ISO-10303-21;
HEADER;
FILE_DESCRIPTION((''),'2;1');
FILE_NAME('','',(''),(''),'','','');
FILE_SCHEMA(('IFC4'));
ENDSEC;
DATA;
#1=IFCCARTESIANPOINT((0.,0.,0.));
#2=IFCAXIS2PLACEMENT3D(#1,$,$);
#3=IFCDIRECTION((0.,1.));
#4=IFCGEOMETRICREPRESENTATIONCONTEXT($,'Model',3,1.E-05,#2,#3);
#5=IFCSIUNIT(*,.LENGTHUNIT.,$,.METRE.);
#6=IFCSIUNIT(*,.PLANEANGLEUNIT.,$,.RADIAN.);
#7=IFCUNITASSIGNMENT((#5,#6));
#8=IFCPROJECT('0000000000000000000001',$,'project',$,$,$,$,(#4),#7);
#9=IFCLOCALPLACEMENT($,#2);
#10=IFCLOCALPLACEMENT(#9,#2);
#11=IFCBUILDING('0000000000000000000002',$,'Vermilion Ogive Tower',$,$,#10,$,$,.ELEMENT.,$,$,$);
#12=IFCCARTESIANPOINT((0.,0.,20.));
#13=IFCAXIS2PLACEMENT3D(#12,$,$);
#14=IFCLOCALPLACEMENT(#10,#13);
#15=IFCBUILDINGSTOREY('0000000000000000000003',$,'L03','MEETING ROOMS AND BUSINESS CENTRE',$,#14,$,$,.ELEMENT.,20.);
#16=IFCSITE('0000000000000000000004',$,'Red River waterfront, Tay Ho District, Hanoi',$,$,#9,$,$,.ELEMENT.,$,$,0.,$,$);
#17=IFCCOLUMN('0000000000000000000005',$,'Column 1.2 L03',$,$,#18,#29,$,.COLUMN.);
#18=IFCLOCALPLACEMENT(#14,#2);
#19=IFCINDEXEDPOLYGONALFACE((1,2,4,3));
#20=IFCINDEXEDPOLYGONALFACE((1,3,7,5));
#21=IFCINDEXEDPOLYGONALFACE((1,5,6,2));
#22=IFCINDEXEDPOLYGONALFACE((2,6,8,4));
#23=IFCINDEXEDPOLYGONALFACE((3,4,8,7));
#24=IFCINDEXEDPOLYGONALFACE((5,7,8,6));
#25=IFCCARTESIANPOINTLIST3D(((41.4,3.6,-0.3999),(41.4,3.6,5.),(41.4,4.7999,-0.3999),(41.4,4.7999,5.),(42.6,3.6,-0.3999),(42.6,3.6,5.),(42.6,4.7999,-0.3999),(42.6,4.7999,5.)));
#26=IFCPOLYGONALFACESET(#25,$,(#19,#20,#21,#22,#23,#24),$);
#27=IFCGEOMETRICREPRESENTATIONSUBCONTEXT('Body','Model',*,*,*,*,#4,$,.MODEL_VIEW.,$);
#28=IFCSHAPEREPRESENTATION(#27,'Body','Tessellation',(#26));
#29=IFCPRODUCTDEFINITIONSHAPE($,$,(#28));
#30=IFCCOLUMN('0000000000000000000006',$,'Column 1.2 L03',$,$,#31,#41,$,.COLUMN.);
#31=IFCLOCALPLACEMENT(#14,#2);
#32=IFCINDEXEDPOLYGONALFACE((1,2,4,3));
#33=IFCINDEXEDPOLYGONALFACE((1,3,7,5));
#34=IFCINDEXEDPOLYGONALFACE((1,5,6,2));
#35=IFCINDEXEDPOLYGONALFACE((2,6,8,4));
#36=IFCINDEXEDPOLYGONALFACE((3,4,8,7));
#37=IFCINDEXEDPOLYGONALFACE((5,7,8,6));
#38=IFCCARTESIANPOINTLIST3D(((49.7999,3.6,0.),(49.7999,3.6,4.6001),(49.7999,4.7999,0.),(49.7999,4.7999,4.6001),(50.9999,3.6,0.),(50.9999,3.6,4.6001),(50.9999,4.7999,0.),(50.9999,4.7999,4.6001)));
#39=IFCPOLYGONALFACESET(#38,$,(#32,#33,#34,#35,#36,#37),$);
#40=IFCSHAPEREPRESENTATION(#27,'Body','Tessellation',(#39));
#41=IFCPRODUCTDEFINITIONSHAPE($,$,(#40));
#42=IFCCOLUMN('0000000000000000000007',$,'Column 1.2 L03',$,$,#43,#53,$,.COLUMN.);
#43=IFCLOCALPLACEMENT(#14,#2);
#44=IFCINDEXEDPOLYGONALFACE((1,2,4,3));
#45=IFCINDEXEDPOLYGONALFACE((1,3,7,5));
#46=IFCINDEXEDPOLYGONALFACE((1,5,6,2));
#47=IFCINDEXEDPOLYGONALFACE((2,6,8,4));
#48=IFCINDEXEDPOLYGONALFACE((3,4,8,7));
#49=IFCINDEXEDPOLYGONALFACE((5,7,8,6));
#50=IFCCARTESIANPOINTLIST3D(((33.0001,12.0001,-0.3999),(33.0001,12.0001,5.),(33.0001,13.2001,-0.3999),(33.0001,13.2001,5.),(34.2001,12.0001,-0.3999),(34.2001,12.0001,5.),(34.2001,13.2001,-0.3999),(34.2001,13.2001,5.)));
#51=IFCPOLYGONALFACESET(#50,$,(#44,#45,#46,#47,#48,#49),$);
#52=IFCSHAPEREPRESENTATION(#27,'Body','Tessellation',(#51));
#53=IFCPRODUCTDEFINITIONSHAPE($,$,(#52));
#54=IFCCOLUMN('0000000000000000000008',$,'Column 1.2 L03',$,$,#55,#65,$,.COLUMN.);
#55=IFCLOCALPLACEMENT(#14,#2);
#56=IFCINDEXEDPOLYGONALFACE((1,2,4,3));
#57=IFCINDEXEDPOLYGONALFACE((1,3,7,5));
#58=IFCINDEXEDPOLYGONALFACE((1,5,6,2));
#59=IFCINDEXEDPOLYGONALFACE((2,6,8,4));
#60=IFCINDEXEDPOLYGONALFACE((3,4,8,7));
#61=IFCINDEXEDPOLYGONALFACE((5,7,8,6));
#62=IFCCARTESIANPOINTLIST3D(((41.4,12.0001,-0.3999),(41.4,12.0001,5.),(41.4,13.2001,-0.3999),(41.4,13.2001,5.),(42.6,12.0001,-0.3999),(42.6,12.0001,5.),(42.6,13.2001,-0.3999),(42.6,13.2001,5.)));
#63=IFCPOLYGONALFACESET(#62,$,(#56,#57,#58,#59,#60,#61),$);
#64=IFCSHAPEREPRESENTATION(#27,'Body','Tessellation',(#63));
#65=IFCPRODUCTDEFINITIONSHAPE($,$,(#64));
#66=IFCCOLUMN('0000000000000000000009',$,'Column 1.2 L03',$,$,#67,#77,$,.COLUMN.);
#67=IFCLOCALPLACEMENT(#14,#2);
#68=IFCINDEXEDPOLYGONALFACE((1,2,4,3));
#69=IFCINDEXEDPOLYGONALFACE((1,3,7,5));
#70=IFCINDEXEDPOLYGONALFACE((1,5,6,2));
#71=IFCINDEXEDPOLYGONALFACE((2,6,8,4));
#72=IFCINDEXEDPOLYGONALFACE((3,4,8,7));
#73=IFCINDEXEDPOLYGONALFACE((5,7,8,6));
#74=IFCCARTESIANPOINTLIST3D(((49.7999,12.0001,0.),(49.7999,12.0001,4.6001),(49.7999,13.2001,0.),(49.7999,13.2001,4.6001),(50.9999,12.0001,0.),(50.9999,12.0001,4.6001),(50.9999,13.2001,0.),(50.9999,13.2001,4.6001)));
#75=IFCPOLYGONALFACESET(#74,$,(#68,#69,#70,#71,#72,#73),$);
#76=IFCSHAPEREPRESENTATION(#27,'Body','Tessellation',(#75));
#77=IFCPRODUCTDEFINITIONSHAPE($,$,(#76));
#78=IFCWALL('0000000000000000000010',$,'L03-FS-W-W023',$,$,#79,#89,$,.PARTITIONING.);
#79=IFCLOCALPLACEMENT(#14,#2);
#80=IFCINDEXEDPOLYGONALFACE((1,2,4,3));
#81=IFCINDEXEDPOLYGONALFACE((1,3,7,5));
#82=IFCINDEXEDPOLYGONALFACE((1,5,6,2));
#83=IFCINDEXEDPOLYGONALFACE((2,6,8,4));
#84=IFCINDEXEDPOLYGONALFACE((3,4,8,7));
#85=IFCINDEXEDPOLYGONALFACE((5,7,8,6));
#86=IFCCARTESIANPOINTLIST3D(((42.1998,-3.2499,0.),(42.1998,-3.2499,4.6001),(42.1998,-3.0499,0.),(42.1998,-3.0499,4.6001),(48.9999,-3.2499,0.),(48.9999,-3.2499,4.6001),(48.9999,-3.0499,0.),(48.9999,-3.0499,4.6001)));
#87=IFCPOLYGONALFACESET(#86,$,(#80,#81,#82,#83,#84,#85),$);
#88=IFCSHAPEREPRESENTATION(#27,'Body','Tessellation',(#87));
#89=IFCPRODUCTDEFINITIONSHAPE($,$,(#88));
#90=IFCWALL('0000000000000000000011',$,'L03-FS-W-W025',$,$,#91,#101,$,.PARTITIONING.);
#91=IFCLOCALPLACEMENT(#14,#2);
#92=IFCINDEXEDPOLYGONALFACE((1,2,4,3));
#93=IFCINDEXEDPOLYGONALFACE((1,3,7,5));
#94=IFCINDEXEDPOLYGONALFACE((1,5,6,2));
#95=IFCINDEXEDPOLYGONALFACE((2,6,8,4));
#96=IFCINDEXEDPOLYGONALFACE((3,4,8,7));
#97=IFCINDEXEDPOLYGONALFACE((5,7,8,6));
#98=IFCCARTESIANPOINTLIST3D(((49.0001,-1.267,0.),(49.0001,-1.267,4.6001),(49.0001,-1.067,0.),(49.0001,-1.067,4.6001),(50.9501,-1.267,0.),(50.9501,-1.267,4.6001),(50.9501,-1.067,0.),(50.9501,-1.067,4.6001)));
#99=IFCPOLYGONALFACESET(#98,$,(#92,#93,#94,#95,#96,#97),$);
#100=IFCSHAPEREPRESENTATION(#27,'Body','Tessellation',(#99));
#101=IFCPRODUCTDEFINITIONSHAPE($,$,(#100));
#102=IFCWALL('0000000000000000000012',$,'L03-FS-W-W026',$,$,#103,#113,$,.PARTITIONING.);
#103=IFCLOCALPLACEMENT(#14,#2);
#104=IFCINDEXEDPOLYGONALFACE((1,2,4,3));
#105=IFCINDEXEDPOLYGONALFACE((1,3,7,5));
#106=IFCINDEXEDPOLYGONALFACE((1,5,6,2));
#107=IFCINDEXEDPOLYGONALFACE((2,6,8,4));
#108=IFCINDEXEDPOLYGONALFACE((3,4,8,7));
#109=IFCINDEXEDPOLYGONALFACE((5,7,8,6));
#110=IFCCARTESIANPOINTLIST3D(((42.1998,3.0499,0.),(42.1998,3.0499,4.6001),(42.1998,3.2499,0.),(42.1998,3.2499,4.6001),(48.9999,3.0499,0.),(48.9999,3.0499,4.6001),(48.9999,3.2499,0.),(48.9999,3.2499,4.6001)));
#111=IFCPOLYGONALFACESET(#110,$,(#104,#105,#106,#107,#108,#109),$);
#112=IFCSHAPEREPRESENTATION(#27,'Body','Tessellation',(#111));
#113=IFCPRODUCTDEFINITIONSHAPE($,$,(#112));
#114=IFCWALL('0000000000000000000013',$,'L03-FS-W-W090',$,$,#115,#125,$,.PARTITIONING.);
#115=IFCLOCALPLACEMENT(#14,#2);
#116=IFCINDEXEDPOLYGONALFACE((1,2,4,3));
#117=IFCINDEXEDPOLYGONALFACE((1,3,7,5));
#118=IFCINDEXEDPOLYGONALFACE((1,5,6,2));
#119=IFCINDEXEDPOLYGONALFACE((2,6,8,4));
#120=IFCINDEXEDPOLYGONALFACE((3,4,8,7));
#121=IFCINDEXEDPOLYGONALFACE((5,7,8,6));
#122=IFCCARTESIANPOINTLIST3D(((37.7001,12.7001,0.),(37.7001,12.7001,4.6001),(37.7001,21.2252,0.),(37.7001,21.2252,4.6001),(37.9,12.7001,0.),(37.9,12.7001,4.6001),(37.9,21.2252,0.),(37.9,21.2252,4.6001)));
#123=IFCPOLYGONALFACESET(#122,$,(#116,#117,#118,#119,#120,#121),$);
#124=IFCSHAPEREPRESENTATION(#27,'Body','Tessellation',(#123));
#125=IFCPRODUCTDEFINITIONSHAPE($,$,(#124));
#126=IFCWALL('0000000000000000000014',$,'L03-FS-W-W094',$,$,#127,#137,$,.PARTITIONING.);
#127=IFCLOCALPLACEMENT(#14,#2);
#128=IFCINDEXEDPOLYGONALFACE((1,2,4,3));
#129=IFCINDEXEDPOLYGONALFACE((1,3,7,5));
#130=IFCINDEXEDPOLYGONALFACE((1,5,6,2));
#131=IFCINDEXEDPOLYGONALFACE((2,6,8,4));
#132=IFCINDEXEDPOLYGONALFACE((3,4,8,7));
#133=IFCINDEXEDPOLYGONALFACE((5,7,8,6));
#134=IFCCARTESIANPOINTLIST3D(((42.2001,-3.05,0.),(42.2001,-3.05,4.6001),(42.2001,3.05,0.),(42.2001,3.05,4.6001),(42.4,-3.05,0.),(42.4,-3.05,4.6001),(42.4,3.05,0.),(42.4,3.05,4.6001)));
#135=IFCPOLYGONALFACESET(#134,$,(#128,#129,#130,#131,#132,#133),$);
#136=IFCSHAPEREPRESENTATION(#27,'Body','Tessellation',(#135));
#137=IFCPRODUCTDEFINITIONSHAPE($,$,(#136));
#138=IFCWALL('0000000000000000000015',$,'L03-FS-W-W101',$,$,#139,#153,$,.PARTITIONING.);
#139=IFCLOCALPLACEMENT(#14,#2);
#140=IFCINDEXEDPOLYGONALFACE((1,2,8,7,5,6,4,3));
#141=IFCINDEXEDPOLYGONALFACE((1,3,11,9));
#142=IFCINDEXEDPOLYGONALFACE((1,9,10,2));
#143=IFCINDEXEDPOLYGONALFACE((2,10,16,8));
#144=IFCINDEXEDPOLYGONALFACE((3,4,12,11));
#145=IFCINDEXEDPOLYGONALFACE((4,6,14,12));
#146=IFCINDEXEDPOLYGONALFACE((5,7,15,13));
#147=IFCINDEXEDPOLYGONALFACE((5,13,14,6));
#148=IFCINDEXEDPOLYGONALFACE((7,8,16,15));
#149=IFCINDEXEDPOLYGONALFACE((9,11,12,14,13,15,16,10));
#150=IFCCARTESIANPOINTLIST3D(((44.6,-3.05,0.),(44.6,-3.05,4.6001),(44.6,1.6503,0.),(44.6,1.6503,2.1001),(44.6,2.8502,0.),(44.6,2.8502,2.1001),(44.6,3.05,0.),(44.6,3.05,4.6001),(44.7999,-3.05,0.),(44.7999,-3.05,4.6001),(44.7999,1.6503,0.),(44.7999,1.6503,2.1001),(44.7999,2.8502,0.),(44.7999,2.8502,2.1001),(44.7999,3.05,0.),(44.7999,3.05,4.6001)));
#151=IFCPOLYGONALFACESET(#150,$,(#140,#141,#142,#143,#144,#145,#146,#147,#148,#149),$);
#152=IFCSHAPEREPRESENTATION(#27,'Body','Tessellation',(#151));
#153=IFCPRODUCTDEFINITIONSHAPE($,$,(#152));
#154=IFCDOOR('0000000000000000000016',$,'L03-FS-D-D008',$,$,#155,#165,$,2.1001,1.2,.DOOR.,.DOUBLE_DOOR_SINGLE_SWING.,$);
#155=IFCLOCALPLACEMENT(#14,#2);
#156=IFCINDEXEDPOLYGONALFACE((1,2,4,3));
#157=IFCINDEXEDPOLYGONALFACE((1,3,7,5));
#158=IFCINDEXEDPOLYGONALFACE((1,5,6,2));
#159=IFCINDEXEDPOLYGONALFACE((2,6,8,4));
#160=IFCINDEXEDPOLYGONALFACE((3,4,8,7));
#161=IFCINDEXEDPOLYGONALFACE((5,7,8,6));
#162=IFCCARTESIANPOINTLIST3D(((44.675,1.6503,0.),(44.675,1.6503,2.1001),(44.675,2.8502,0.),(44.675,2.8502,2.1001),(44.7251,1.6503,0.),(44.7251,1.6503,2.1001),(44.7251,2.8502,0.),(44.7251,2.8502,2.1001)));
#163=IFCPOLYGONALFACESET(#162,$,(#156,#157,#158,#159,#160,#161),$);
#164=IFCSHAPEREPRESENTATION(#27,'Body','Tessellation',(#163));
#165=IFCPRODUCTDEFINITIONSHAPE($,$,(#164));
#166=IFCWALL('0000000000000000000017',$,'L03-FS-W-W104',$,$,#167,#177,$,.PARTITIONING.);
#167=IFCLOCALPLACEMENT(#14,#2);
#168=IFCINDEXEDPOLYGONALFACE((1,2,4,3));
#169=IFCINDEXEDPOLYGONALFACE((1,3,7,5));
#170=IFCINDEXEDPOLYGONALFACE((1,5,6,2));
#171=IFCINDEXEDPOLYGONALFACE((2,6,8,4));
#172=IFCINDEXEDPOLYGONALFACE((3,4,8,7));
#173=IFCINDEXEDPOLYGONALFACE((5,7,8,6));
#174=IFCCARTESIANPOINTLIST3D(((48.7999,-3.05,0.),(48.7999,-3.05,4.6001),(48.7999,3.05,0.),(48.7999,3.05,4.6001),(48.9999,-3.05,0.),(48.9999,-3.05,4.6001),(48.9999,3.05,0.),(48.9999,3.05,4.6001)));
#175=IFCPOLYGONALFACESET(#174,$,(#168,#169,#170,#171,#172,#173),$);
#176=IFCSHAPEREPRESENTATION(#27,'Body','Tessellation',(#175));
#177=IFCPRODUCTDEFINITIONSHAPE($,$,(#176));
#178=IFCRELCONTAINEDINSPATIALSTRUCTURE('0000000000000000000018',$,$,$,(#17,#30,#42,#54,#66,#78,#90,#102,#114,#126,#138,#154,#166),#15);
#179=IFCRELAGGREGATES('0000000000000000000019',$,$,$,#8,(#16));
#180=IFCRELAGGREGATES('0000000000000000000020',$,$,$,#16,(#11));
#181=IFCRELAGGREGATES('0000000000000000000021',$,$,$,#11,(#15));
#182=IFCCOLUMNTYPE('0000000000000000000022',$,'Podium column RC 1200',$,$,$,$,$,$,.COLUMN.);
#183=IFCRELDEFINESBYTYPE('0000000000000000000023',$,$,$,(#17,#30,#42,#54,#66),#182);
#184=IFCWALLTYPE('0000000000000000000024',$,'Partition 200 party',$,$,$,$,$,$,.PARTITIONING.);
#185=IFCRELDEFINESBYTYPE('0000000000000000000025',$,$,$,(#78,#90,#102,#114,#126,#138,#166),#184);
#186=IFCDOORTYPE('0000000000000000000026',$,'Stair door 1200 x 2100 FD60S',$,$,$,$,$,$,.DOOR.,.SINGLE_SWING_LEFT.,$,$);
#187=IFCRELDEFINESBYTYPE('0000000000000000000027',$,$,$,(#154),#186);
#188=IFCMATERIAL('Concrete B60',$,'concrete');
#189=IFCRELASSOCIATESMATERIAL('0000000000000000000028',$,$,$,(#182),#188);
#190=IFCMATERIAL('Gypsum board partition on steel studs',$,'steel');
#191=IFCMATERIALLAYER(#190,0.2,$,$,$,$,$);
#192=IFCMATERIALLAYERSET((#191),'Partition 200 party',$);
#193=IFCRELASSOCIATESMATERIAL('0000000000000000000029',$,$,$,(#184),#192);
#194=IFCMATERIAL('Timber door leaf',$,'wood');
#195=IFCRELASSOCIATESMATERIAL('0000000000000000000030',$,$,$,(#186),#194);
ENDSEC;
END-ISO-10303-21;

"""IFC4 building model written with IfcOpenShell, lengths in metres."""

from ifc_helpers import new_model, si_unit, direction, frame, frame_2d, origin, origin_2d, place, context, subcontext, project, spatial, rectangle, extrude, material, layer, layer_set, material_profile, profile_set, type_object, element, fill, save


model = new_model("IFC4")

# Units and contexts
model_context = context("Model", 3, precision=1e-05, world=origin(), true_north=direction((0.0, 1.0)))
body_context = subcontext(model_context, "Body", "Model", "MODEL_VIEW")
ifc_project = project(units=[si_unit("LENGTHUNIT", "METRE"), si_unit("PLANEANGLEUNIT", "RADIAN")], contexts=[model_context])

# Site, building, storey
site_placement = place(None, origin())
site = spatial("IfcSite", under=ifc_project, at=site_placement, Name="Red River waterfront, Tay Ho District, Hanoi", CompositionType="ELEMENT", RefElevation=0.0)
building_placement = place(site_placement, origin())
building = spatial("IfcBuilding", under=site, at=building_placement, Name="Vermilion Ogive Tower", CompositionType="ELEMENT")
storey_placement = place(building_placement, frame((0.0, 0.0, 20.0)))
storey = spatial("IfcBuildingStorey", under=building, at=storey_placement, Name="L03", Description="MEETING ROOMS AND BUSINESS CENTRE", CompositionType="ELEMENT", Elevation=20.0)

# Columns
ifc_material_1 = material(Name="Concrete B60", Category="concrete")
ifc_material_profile = material_profile(ifc_material_1, rectangle(XDim=1.2, YDim=1.2, at=origin_2d()), Name="RC 1200x1200")
ifc_profile_set = profile_set([ifc_material_profile], Name="Concrete B60")
column_type = type_object("IfcColumnType", Name="Podium column RC 1200", PredefinedType="COLUMN", material=ifc_profile_set)
column_1_placement = place(storey_placement, frame((42.0, 4.2, -0.3999), z_axis=(0.0, 0.0, 1.0), x_axis=(1.0, 0.0, 0.0)))
element("IfcColumn", 1, at=column_1_placement, inside=storey, type_object=column_type, Name="Column 1.2 L03", PredefinedType="COLUMN", context=body_context, shape_type="SweptSolid", body=[
    extrude(rectangle(XDim=1.2, YDim=1.2, at=origin_2d()), origin(), (0.0, 0.0, 1.0), 5.3999),
])
column_2_placement = place(storey_placement, frame((50.3999, 4.2, 0.0), z_axis=(0.0, 0.0, 1.0), x_axis=(1.0, 0.0, 0.0)))
element("IfcColumn", 2, at=column_2_placement, inside=storey, type_object=column_type, Name="Column 1.2 L03", PredefinedType="COLUMN", context=body_context, shape_type="SweptSolid", body=[
    extrude(rectangle(XDim=1.2, YDim=1.2, at=origin_2d()), origin(), (0.0, 0.0, 1.0), 4.6001),
])
for number, where, z_axis, x_axis, name in (
    (3, (33.6001, 12.6001, -0.3999), (0.0, 0.0, 1.0), (1.0, 0.0, 0.0), "Column 1.2 L03"),
    (4, (42.0, 12.6001, -0.3999), (0.0, 0.0, 1.0), (1.0, 0.0, 0.0), "Column 1.2 L03"),
):
    element("IfcColumn", number, at=place(storey_placement, frame(where, z_axis=z_axis, x_axis=x_axis)), inside=storey, type_object=column_type, Name=name, PredefinedType="COLUMN", context=body_context, shape_type="SweptSolid", body=[
        extrude(rectangle(XDim=1.2, YDim=1.2, at=origin_2d()), origin(), (0.0, 0.0, 1.0), 5.3999),
    ])
column_3_placement = place(storey_placement, frame((50.3999, 12.6001, 0.0), z_axis=(0.0, 0.0, 1.0), x_axis=(1.0, 0.0, 0.0)))
element("IfcColumn", 5, at=column_3_placement, inside=storey, type_object=column_type, Name="Column 1.2 L03", PredefinedType="COLUMN", context=body_context, shape_type="SweptSolid", body=[
    extrude(rectangle(XDim=1.2, YDim=1.2, at=origin_2d()), origin(), (0.0, 0.0, 1.0), 4.6001),
])

# Walls
ifc_material_2 = material(Name="Gypsum board partition on steel studs", Category="steel")
ifc_layer_1 = layer(ifc_material_2, 0.2)
ifc_layer_set_1 = layer_set([ifc_layer_1], Name="Partition 200 party")
wall_type_1 = type_object("IfcWallType", Name="Partition 200 party", PredefinedType="PARTITIONING", material=ifc_layer_set_1)
wall_1_placement = place(storey_placement, frame((42.2, -3.1499, 0.0), z_axis=(0.0, 0.0, 1.0), x_axis=(1.0, 0.0, 0.0)))
element("IfcWall", 6, at=wall_1_placement, inside=storey, type_object=wall_type_1, Name="L03-FS-W-W023", PredefinedType="PARTITIONING", context=body_context, shape_type="SweptSolid", body=[
    extrude(rectangle(XDim=6.8, YDim=0.2, at=frame_2d((3.3999, 0.0))), origin(), (0.0, 0.0, 1.0), 4.6001),
])
wall_2_placement = place(storey_placement, frame((49.0, -1.167, 0.0), z_axis=(0.0, 0.0, 1.0), x_axis=(1.0, 0.0, 0.0)))
element("IfcWall", 7, at=wall_2_placement, inside=storey, type_object=wall_type_1, Name="L03-FS-W-W025", PredefinedType="PARTITIONING", context=body_context, shape_type="SweptSolid", body=[
    extrude(rectangle(XDim=1.95, YDim=0.2, at=frame_2d((0.9751, 0.0))), origin(), (0.0, 0.0, 1.0), 4.6001),
])
wall_3_placement = place(storey_placement, frame((42.2, 3.1499, 0.0), z_axis=(0.0, 0.0, 1.0), x_axis=(1.0, 0.0, 0.0)))
element("IfcWall", 8, at=wall_3_placement, inside=storey, type_object=wall_type_1, Name="L03-FS-W-W026", PredefinedType="PARTITIONING", context=body_context, shape_type="SweptSolid", body=[
    extrude(rectangle(XDim=6.8, YDim=0.2, at=frame_2d((3.3999, 0.0))), origin(), (0.0, 0.0, 1.0), 4.6001),
])
wall_4_placement = place(storey_placement, frame((37.8, 12.7, 0.0), z_axis=(0.0, 0.0, 1.0), x_axis=(0.0, 1.0, 0.0)))
element("IfcWall", 9, at=wall_4_placement, inside=storey, type_object=wall_type_1, Name="L03-FS-W-W090", PredefinedType="PARTITIONING", context=body_context, shape_type="SweptSolid", body=[
    extrude(rectangle(XDim=8.5251, YDim=0.2, at=frame_2d((4.2627, 0.0))), origin(), (0.0, 0.0, 1.0), 4.6001),
])
wall_5_placement = place(storey_placement, frame((42.3, -3.05, 0.0), z_axis=(0.0, 0.0, 1.0), x_axis=(0.0, 1.0, 0.0)))
element("IfcWall", 10, at=wall_5_placement, inside=storey, type_object=wall_type_1, Name="L03-FS-W-W094", PredefinedType="PARTITIONING", context=body_context, shape_type="SweptSolid", body=[
    extrude(rectangle(XDim=6.1001, YDim=0.2, at=frame_2d((3.05, 0.0))), origin(), (0.0, 0.0, 1.0), 4.6001),
])

# Wall, opening, door
wall_6_placement = place(storey_placement, frame((44.7, -3.05, 0.0), z_axis=(0.0, 0.0, 1.0), x_axis=(0.0, 1.0, 0.0)))
wall_6 = element("IfcWall", 11, at=wall_6_placement, inside=storey, type_object=wall_type_1, Name="L03-FS-W-W101", PredefinedType="PARTITIONING", context=body_context, shape_type="SweptSolid", body=[
    extrude(rectangle(XDim=6.1001, YDim=0.2, at=frame_2d((3.05, 0.0))), origin(), (0.0, 0.0, 1.0), 4.6001),
])
opening_1_placement = place(wall_6_placement, frame((4.7002, 0.0, 0.0)))
opening_1 = element("IfcOpeningElement", 12, at=opening_1_placement, cuts=wall_6, PredefinedType="OPENING", context=body_context, shape_type="SweptSolid", body=[
    extrude(rectangle(XDim=1.2, YDim=2.1001, at=frame_2d((0.6001, 1.05))), frame((0.0, 0.1099, 0.0), z_axis=(0.0, -1.0, 0.0), x_axis=(1.0, 0.0, 0.0)), (0.0, 0.0, 1.0), 0.22),
])
ifc_material_3 = material(Name="Timber door leaf", Category="wood")
door_type = type_object("IfcDoorType", Name="Stair door 1200 x 2100 FD60S", OperationType="SINGLE_SWING_LEFT", PredefinedType="DOOR", material=ifc_material_3)
door_placement = place(opening_1_placement, origin())
door = element("IfcDoor", 13, at=door_placement, inside=storey, type_object=door_type, Name="L03-FS-D-D008", OperationType="DOUBLE_DOOR_SINGLE_SWING", OverallHeight=2.1001, OverallWidth=1.2, PredefinedType="DOOR", context=body_context, shape_type="SweptSolid", body=[
    extrude(rectangle(XDim=1.2, YDim=2.1001, at=frame_2d((0.6001, 1.05))), frame((0.0, 0.0249, 0.0), z_axis=(0.0, -1.0, 0.0), x_axis=(1.0, 0.0, 0.0)), (0.0, 0.0, 1.0), 0.05),
])
fill(opening_1, door)

# Wall
wall_7_placement = place(storey_placement, frame((48.8999, -3.05, 0.0), z_axis=(0.0, 0.0, 1.0), x_axis=(0.0, 1.0, 0.0)))
element("IfcWall", 14, at=wall_7_placement, inside=storey, type_object=wall_type_1, Name="L03-FS-W-W104", PredefinedType="PARTITIONING", context=body_context, shape_type="SweptSolid", body=[
    extrude(rectangle(XDim=6.1001, YDim=0.2, at=frame_2d((3.05, 0.0))), origin(), (0.0, 0.0, 1.0), 4.6001),
])

save(model, "model.ifc")
